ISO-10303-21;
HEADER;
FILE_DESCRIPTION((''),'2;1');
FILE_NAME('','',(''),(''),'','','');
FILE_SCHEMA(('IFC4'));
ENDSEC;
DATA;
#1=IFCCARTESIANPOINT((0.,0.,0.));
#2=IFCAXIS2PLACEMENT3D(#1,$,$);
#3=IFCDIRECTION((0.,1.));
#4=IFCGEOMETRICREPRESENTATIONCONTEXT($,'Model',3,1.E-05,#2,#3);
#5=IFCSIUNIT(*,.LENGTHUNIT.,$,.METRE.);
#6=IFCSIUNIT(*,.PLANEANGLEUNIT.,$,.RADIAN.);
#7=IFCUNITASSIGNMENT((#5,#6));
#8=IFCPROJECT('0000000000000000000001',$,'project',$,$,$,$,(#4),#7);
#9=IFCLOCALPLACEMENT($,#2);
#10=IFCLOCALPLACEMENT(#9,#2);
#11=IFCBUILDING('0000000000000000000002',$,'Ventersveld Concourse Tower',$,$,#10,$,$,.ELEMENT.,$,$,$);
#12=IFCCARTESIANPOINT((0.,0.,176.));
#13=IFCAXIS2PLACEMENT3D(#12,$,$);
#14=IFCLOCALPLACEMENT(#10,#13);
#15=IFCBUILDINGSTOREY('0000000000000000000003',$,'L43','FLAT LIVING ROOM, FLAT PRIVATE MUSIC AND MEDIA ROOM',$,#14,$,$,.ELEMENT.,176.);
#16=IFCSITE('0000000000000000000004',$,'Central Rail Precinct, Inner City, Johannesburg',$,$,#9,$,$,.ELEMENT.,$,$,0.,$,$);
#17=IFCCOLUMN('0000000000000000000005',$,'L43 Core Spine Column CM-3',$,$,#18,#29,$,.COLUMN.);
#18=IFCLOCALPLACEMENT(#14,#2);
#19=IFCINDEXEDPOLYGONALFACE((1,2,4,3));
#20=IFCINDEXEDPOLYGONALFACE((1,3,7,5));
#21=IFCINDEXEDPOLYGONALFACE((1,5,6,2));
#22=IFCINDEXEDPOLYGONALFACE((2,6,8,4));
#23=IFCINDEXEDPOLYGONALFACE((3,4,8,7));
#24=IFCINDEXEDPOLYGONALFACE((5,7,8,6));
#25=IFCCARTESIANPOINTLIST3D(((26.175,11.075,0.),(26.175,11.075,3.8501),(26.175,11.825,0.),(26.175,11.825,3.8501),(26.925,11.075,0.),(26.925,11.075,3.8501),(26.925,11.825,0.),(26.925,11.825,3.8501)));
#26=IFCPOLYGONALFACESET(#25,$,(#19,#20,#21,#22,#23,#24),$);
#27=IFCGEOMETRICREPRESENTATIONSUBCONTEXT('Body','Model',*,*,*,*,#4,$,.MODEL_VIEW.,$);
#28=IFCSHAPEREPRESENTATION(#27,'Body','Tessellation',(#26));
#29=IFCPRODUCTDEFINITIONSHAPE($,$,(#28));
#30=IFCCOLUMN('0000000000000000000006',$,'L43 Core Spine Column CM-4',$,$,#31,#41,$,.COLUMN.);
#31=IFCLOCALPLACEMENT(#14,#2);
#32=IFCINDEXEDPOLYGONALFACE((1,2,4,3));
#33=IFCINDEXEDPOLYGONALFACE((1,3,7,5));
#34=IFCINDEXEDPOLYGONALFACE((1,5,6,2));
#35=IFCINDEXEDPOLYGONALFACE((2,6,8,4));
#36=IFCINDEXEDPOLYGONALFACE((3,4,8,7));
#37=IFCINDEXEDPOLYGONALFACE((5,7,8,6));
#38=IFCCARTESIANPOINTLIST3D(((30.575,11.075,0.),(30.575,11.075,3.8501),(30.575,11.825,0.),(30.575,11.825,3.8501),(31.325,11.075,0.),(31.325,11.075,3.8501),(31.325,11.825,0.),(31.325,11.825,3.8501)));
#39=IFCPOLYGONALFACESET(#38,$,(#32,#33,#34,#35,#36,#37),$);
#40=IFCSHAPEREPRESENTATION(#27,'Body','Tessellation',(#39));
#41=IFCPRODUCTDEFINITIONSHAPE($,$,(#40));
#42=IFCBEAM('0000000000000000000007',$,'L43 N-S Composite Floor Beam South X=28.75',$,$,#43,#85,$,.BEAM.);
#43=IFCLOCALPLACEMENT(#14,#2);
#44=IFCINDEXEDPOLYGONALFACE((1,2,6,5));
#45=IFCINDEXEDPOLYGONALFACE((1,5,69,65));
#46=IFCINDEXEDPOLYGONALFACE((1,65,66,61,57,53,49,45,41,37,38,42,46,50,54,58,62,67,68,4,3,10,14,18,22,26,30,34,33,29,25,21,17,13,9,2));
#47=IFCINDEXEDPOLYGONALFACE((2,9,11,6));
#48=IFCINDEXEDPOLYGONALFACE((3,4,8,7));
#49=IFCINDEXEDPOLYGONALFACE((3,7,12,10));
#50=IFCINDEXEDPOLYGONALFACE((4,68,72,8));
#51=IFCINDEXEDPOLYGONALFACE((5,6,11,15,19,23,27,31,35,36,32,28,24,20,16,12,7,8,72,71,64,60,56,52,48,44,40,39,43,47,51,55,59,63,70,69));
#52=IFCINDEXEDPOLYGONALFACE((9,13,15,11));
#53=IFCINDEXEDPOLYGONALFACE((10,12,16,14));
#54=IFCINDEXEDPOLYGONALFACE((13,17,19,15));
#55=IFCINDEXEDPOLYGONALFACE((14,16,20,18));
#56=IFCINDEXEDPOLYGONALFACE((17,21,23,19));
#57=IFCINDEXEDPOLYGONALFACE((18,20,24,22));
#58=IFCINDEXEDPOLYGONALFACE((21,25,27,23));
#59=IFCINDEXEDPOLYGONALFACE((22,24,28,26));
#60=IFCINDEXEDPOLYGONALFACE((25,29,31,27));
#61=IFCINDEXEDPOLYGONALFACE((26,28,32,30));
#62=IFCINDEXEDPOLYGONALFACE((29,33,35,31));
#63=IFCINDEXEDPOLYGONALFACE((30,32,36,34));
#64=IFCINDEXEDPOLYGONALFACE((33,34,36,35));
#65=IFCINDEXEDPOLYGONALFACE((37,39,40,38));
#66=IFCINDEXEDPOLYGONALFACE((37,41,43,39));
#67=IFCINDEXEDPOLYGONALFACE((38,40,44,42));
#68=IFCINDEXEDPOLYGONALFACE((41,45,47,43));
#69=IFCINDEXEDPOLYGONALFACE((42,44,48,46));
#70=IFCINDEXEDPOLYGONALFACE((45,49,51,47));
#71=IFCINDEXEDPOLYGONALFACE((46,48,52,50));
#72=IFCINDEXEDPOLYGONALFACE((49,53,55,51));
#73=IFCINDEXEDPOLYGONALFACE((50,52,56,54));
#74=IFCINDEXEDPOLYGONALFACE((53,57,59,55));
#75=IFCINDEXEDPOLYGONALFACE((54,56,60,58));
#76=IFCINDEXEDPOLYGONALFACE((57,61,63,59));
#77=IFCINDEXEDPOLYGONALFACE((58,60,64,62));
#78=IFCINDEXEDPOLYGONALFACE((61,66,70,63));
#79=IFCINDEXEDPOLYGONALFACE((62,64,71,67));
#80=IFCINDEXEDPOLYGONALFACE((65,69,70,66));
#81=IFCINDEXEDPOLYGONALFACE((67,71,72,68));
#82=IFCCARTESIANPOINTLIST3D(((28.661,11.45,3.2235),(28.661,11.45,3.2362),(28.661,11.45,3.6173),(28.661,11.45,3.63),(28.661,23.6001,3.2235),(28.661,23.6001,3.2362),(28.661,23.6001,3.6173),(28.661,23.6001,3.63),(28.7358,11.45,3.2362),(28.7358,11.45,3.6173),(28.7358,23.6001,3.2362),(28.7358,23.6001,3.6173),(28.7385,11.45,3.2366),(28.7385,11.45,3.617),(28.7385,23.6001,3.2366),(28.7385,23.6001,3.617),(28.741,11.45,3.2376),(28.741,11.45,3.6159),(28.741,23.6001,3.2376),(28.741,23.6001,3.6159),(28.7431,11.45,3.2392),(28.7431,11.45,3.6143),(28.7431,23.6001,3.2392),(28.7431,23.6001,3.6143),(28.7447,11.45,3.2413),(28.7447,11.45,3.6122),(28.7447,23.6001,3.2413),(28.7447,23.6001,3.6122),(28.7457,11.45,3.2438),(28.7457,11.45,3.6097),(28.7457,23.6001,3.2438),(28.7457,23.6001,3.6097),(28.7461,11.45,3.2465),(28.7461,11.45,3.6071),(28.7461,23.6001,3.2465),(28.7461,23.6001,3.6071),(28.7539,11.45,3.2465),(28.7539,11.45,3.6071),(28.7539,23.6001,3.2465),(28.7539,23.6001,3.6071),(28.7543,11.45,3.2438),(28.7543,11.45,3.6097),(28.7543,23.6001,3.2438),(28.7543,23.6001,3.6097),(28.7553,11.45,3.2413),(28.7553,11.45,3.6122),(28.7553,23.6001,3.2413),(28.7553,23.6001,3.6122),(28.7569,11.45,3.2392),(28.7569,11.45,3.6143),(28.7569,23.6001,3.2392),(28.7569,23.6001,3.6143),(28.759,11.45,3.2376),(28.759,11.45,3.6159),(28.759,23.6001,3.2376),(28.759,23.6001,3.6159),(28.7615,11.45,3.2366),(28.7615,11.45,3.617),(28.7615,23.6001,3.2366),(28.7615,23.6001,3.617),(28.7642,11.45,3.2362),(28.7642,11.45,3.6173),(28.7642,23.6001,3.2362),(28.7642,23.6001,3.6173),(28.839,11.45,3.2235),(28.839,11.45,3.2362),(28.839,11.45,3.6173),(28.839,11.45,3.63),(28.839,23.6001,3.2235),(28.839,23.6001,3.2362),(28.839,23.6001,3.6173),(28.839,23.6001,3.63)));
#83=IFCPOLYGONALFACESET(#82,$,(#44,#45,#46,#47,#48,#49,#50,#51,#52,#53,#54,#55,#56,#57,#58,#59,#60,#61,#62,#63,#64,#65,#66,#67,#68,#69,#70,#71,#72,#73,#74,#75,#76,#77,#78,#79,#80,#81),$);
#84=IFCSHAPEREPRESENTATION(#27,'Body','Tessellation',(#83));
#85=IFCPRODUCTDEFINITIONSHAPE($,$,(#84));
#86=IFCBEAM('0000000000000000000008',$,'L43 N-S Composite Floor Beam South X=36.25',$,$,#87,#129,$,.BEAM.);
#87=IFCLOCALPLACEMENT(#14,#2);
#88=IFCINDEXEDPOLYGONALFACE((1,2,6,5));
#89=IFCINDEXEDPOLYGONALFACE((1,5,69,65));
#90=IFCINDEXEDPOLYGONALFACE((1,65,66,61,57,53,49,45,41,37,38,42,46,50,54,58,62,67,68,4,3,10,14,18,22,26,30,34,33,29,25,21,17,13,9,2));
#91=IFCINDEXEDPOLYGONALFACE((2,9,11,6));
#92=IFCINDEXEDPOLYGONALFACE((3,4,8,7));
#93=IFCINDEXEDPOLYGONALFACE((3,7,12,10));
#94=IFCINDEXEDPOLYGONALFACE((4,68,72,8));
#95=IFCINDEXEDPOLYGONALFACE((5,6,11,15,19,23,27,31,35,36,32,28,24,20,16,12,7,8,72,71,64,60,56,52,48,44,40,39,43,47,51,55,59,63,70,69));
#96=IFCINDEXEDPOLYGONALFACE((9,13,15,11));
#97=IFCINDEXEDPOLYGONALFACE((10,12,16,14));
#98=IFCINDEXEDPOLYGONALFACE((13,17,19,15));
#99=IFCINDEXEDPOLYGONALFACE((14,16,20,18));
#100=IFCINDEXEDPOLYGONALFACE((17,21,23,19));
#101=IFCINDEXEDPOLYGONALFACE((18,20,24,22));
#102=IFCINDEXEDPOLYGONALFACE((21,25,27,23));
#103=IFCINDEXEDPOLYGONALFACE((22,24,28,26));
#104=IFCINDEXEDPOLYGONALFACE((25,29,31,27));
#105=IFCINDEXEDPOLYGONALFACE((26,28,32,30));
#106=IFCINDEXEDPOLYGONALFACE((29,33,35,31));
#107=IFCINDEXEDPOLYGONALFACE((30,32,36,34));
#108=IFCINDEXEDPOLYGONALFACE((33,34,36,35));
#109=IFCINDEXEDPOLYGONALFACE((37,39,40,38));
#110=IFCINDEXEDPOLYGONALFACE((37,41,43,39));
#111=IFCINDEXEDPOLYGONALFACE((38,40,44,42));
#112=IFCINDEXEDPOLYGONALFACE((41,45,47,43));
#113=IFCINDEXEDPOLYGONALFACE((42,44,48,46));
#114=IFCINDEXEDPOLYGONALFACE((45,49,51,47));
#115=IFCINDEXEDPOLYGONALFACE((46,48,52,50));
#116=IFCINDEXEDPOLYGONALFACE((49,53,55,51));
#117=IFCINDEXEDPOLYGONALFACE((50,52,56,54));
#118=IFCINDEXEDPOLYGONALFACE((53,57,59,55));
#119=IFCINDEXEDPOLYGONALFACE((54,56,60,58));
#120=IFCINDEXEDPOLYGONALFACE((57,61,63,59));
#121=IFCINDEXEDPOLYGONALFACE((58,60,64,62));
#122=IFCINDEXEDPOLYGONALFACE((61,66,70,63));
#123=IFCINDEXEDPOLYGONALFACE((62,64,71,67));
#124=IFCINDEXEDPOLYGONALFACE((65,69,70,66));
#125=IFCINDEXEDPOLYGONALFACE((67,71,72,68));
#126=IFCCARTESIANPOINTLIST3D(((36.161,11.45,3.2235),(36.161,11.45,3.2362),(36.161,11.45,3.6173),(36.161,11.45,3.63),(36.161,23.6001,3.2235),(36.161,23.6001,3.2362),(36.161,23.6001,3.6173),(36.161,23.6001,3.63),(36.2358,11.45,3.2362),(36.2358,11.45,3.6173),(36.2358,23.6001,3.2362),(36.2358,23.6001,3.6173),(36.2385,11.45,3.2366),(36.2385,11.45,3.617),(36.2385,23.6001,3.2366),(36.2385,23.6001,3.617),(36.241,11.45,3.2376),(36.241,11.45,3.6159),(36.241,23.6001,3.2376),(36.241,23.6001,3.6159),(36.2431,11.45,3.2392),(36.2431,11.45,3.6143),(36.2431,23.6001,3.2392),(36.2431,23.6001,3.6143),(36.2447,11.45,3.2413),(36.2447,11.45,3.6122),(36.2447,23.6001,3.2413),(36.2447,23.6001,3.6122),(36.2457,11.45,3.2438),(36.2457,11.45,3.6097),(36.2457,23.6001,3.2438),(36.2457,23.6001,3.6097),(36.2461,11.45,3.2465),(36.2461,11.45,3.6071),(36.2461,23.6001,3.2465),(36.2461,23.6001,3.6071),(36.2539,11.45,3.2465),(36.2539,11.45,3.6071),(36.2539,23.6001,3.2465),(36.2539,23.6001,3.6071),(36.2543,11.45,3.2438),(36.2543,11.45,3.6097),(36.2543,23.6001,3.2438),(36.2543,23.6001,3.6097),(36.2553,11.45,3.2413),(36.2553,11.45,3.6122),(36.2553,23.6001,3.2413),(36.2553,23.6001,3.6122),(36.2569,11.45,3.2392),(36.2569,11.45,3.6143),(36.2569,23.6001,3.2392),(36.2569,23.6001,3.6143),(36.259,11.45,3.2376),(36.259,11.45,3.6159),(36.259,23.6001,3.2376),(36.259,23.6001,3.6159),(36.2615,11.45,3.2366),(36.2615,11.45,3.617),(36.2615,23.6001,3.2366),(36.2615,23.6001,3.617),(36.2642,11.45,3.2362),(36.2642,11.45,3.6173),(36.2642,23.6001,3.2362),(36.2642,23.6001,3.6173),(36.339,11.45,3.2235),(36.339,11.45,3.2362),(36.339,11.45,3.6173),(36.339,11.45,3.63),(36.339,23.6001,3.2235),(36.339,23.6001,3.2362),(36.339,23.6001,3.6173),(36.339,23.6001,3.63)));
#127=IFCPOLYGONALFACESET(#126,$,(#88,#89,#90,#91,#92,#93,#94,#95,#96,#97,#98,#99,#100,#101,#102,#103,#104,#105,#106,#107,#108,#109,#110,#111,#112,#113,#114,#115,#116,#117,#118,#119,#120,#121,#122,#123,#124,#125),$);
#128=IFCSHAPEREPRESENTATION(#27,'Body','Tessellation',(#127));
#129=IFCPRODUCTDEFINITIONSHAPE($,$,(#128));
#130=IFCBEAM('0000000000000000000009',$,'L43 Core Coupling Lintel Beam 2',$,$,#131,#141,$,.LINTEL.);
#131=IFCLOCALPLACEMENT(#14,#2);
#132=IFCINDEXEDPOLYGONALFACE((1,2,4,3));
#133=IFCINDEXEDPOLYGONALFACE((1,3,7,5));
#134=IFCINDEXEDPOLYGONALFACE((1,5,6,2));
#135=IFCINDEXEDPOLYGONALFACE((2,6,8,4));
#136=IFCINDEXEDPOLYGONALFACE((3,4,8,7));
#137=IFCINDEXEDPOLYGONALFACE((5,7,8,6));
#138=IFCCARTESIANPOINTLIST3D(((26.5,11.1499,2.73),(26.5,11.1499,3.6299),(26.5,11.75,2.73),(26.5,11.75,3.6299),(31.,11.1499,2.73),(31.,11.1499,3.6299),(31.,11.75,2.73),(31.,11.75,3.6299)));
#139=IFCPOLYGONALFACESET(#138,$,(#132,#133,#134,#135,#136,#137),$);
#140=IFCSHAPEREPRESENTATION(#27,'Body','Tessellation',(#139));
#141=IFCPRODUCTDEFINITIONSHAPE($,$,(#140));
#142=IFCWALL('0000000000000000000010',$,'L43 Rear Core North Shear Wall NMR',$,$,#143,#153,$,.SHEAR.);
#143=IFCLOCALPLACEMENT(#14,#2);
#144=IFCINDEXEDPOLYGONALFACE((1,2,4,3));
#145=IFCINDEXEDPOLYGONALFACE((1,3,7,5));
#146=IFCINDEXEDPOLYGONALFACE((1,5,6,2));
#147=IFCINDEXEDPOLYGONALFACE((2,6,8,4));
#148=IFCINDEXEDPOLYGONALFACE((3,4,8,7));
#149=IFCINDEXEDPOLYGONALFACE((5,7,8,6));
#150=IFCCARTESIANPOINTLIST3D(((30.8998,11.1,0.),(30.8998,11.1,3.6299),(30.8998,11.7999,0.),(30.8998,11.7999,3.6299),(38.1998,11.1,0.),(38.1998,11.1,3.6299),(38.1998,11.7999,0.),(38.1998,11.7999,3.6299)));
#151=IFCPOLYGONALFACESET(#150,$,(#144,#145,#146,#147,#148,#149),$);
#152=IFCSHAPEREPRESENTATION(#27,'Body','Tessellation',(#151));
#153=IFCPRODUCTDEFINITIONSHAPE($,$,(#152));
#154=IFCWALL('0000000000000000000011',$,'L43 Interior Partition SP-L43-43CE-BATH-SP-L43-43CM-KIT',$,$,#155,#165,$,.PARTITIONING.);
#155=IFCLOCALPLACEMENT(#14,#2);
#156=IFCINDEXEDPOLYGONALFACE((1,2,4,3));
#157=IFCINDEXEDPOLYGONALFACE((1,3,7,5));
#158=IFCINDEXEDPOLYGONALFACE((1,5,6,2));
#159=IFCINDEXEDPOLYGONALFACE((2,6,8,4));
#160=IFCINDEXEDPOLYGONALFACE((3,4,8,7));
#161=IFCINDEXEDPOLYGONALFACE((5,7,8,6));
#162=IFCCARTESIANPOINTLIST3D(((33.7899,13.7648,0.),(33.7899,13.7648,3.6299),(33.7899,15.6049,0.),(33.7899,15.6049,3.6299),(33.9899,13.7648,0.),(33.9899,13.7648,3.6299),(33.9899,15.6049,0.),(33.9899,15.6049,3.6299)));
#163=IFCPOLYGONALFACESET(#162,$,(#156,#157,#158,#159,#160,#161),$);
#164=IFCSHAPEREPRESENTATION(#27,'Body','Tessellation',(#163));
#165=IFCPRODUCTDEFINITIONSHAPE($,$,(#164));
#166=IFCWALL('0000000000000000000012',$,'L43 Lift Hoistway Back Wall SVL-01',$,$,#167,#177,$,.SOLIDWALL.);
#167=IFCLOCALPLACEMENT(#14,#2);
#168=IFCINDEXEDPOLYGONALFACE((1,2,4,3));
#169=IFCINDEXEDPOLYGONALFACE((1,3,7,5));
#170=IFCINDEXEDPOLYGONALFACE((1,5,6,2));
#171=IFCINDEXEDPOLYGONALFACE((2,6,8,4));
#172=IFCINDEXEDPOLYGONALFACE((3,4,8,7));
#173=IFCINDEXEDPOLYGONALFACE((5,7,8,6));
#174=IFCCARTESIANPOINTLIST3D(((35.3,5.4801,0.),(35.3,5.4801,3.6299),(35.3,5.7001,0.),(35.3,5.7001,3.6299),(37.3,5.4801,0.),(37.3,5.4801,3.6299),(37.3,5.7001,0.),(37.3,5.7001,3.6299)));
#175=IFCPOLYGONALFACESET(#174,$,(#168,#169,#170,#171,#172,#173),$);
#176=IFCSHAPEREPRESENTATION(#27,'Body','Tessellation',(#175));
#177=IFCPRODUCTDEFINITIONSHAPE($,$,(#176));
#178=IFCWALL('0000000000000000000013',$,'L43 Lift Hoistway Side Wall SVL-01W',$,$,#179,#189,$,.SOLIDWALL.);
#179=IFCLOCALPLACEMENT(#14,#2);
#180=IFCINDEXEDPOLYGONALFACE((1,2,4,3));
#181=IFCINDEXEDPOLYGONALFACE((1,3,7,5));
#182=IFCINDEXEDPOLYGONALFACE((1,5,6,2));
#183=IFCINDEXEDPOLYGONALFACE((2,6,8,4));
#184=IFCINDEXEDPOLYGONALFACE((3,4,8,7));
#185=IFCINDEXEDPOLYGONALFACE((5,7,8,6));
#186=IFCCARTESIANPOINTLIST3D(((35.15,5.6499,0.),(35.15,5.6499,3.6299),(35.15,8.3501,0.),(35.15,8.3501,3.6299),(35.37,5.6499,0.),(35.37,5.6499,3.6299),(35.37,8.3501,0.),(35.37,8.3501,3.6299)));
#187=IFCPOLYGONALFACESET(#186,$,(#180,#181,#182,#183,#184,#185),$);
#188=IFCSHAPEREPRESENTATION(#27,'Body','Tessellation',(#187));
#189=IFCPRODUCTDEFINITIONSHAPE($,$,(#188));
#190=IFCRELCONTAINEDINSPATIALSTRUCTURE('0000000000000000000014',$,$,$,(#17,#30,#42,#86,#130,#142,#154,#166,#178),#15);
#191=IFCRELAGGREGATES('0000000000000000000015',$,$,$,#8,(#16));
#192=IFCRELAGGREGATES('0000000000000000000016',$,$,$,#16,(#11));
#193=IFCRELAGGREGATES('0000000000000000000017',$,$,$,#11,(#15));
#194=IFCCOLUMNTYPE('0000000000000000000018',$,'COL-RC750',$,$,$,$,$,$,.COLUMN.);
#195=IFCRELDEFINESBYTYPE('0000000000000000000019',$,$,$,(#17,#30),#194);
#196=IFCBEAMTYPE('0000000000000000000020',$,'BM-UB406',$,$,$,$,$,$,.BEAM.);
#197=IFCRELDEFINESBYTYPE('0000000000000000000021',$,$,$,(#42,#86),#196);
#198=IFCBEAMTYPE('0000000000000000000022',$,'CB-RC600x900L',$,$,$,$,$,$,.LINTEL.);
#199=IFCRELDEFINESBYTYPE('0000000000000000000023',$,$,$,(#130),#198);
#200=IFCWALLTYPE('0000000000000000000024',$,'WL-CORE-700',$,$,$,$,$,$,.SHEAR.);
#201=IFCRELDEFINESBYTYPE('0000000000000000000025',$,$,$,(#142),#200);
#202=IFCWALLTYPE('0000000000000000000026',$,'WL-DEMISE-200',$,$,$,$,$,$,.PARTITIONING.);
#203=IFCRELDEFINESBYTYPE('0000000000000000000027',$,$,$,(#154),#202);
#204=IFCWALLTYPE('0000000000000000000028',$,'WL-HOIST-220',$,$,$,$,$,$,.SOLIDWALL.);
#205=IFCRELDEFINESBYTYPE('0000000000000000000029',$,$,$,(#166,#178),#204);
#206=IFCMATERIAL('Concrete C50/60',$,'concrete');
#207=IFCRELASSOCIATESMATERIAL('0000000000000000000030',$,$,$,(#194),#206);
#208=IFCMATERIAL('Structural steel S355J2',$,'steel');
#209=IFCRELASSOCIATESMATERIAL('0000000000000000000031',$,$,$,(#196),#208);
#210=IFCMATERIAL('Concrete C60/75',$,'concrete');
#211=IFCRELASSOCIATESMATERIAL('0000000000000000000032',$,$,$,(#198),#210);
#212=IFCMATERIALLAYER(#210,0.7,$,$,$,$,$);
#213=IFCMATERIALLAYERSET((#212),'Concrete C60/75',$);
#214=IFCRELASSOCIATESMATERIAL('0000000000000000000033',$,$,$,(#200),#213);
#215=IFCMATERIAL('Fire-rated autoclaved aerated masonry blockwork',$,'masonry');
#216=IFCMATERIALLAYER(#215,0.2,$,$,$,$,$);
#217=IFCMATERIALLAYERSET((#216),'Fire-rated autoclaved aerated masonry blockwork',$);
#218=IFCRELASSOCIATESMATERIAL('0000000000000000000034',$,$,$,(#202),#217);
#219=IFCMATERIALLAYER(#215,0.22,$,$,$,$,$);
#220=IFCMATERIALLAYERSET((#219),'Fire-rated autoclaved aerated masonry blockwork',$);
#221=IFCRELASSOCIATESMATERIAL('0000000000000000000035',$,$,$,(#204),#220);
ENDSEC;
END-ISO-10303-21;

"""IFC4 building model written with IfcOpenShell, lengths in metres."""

from ifc_helpers import new_model, si_unit, direction, frame, frame_2d, origin, origin_2d, place, context, subcontext, project, spatial, rectangle, i_section, extrude, material, layer, layer_set, material_profile, profile_set, type_object, element, save


model = new_model("IFC4")

# Units and contexts
model_context = context("Model", 3, precision=1e-05, world=origin(), true_north=direction((0.0, 1.0)))
body_context = subcontext(model_context, "Body", "Model", "MODEL_VIEW")
ifc_project = project(units=[si_unit("LENGTHUNIT", "METRE"), si_unit("PLANEANGLEUNIT", "RADIAN")], contexts=[model_context])

# Site, building, storey
site_placement = place(None, origin())
site = spatial("IfcSite", under=ifc_project, at=site_placement, Name="Central Rail Precinct, Inner City, Johannesburg", CompositionType="ELEMENT", RefElevation=0.0)
building_placement = place(site_placement, origin())
building = spatial("IfcBuilding", under=site, at=building_placement, Name="Ventersveld Concourse Tower", CompositionType="ELEMENT")
storey_placement = place(building_placement, frame((0.0, 0.0, 176.0)))
storey = spatial("IfcBuildingStorey", under=building, at=storey_placement, Name="L43", Description="FLAT LIVING ROOM, FLAT PRIVATE MUSIC AND MEDIA ROOM", CompositionType="ELEMENT", Elevation=176.0)

# Columns
ifc_material_1 = material(Name="Concrete C50/60", Category="concrete")
ifc_material_profile_1 = material_profile(ifc_material_1, rectangle(XDim=0.75, YDim=0.75, at=origin_2d()), Name="RC 750x750")
ifc_profile_set_1 = profile_set([ifc_material_profile_1], Name="Concrete C50/60")
column_type = type_object("IfcColumnType", Name="COL-RC750", PredefinedType="COLUMN", material=ifc_profile_set_1)
for number, where, z_axis, x_axis, name in (
    (1, (26.55, 11.45, 0.0), (0.0, 0.0, 1.0), (1.0, 0.0, 0.0), "L43 Core Spine Column CM-3"),
    (2, (30.95, 11.45, 0.0), (0.0, 0.0, 1.0), (1.0, 0.0, 0.0), "L43 Core Spine Column CM-4"),
):
    element("IfcColumn", number, at=place(storey_placement, frame(where, z_axis=z_axis, x_axis=x_axis)), inside=storey, type_object=column_type, Name=name, PredefinedType="COLUMN", context=body_context, shape_type="SweptSolid", body=[
        extrude(rectangle(XDim=0.75, YDim=0.75, at=origin_2d()), origin(), (0.0, 0.0, 1.0), 3.8501),
    ])

# Beams
ifc_material_2 = material(Name="Structural steel S355J2", Category="steel")
ifc_material_profile_2 = material_profile(ifc_material_2, i_section(OverallWidth=0.178, OverallDepth=0.4065, WebThickness=0.0078, FlangeThickness=0.0127, FilletRadius=0.0103, at=origin_2d()), Name="UB 406x178x60")
ifc_profile_set_2 = profile_set([ifc_material_profile_2], Name="Structural steel S355J2")
beam_type_1 = type_object("IfcBeamType", Name="BM-UB406", PredefinedType="BEAM", material=ifc_profile_set_2)
for number, where, z_axis, x_axis, name in (
    (3, (28.75, 11.45, 3.4268), (0.0, 1.0, 0.0), (-1.0, 0.0, 0.0), "L43 N-S Composite Floor Beam South X=28.75"),
    (4, (36.25, 11.45, 3.4268), (0.0, 1.0, 0.0), (-1.0, 0.0, 0.0), "L43 N-S Composite Floor Beam South X=36.25"),
):
    element("IfcBeam", number, at=place(storey_placement, frame(where, z_axis=z_axis, x_axis=x_axis)), inside=storey, type_object=beam_type_1, Name=name, PredefinedType="BEAM", context=body_context, shape_type="SweptSolid", body=[
        extrude(i_section(OverallWidth=0.178, OverallDepth=0.4065, WebThickness=0.0078, FlangeThickness=0.0127, FilletRadius=0.0103, at=origin_2d()), origin(), (0.0, 0.0, 1.0), 12.1501),
    ])
ifc_material_3 = material(Name="Concrete C60/75", Category="concrete")
ifc_material_profile_3 = material_profile(ifc_material_3, rectangle(XDim=0.6001, YDim=0.8999, at=origin_2d()), Name="RC 600x900")
ifc_profile_set_3 = profile_set([ifc_material_profile_3], Name="Concrete C60/75")
beam_type_2 = type_object("IfcBeamType", Name="CB-RC600x900L", PredefinedType="LINTEL", material=ifc_profile_set_3)
beam_placement = place(storey_placement, frame((26.5, 11.45, 3.1799), z_axis=(1.0, 0.0, 0.0), x_axis=(0.0, 1.0, 0.0)))
element("IfcBeam", 5, at=beam_placement, inside=storey, type_object=beam_type_2, Name="L43 Core Coupling Lintel Beam 2", PredefinedType="LINTEL", context=body_context, shape_type="SweptSolid", body=[
    extrude(rectangle(XDim=0.6001, YDim=0.8999, at=origin_2d()), origin(), (0.0, 0.0, 1.0), 4.5),
])

# Walls
ifc_layer_1 = layer(ifc_material_3, 0.7)
ifc_layer_set_1 = layer_set([ifc_layer_1], Name="Concrete C60/75")
wall_type_1 = type_object("IfcWallType", Name="WL-CORE-700", PredefinedType="SHEAR", material=ifc_layer_set_1)
wall_1_placement = place(storey_placement, frame((30.8999, 11.45, 0.0), z_axis=(0.0, 0.0, 1.0), x_axis=(1.0, 0.0, 0.0)))
element("IfcWall", 6, at=wall_1_placement, inside=storey, type_object=wall_type_1, Name="L43 Rear Core North Shear Wall NMR", PredefinedType="SHEAR", context=body_context, shape_type="SweptSolid", body=[
    extrude(rectangle(XDim=7.3, YDim=0.7, at=frame_2d((3.6499, 0.0))), origin(), (0.0, 0.0, 1.0), 3.6299),
])
ifc_material_4 = material(Name="Fire-rated autoclaved aerated masonry blockwork", Category="masonry")
ifc_layer_2 = layer(ifc_material_4, 0.2)
ifc_layer_set_2 = layer_set([ifc_layer_2], Name="Fire-rated autoclaved aerated masonry blockwork")
wall_type_2 = type_object("IfcWallType", Name="WL-DEMISE-200", PredefinedType="PARTITIONING", material=ifc_layer_set_2)
wall_2_placement = place(storey_placement, frame((33.8899, 13.7649, 0.0), z_axis=(0.0, 0.0, 1.0), x_axis=(0.0, 1.0, 0.0)))
element("IfcWall", 7, at=wall_2_placement, inside=storey, type_object=wall_type_2, Name="L43 Interior Partition SP-L43-43CE-BATH-SP-L43-43CM-KIT", PredefinedType="PARTITIONING", context=body_context, shape_type="SweptSolid", body=[
    extrude(rectangle(XDim=1.8401, YDim=0.2, at=frame_2d((0.9199, 0.0))), origin(), (0.0, 0.0, 1.0), 3.6299),
])
ifc_layer_3 = layer(ifc_material_4, 0.22)
ifc_layer_set_3 = layer_set([ifc_layer_3], Name="Fire-rated autoclaved aerated masonry blockwork")
wall_type_3 = type_object("IfcWallType", Name="WL-HOIST-220", PredefinedType="SOLIDWALL", material=ifc_layer_set_3)
wall_3_placement = place(storey_placement, frame((35.3, 5.5901, 0.0), z_axis=(0.0, 0.0, 1.0), x_axis=(1.0, 0.0, 0.0)))
element("IfcWall", 8, at=wall_3_placement, inside=storey, type_object=wall_type_3, Name="L43 Lift Hoistway Back Wall SVL-01", PredefinedType="SOLIDWALL", context=body_context, shape_type="SweptSolid", body=[
    extrude(rectangle(XDim=2.0, YDim=0.22, at=frame_2d((1.0, 0.0))), origin(), (0.0, 0.0, 1.0), 3.6299),
])
wall_4_placement = place(storey_placement, frame((35.26, 5.6499, 0.0), z_axis=(0.0, 0.0, 1.0), x_axis=(0.0, 1.0, 0.0)))
element("IfcWall", 9, at=wall_4_placement, inside=storey, type_object=wall_type_3, Name="L43 Lift Hoistway Side Wall SVL-01W", PredefinedType="SOLIDWALL", context=body_context, shape_type="SweptSolid", body=[
    extrude(rectangle(XDim=2.7002, YDim=0.22, at=frame_2d((1.3501, 0.0))), origin(), (0.0, 0.0, 1.0), 3.6299),
])

save(model, "model.ifc")
